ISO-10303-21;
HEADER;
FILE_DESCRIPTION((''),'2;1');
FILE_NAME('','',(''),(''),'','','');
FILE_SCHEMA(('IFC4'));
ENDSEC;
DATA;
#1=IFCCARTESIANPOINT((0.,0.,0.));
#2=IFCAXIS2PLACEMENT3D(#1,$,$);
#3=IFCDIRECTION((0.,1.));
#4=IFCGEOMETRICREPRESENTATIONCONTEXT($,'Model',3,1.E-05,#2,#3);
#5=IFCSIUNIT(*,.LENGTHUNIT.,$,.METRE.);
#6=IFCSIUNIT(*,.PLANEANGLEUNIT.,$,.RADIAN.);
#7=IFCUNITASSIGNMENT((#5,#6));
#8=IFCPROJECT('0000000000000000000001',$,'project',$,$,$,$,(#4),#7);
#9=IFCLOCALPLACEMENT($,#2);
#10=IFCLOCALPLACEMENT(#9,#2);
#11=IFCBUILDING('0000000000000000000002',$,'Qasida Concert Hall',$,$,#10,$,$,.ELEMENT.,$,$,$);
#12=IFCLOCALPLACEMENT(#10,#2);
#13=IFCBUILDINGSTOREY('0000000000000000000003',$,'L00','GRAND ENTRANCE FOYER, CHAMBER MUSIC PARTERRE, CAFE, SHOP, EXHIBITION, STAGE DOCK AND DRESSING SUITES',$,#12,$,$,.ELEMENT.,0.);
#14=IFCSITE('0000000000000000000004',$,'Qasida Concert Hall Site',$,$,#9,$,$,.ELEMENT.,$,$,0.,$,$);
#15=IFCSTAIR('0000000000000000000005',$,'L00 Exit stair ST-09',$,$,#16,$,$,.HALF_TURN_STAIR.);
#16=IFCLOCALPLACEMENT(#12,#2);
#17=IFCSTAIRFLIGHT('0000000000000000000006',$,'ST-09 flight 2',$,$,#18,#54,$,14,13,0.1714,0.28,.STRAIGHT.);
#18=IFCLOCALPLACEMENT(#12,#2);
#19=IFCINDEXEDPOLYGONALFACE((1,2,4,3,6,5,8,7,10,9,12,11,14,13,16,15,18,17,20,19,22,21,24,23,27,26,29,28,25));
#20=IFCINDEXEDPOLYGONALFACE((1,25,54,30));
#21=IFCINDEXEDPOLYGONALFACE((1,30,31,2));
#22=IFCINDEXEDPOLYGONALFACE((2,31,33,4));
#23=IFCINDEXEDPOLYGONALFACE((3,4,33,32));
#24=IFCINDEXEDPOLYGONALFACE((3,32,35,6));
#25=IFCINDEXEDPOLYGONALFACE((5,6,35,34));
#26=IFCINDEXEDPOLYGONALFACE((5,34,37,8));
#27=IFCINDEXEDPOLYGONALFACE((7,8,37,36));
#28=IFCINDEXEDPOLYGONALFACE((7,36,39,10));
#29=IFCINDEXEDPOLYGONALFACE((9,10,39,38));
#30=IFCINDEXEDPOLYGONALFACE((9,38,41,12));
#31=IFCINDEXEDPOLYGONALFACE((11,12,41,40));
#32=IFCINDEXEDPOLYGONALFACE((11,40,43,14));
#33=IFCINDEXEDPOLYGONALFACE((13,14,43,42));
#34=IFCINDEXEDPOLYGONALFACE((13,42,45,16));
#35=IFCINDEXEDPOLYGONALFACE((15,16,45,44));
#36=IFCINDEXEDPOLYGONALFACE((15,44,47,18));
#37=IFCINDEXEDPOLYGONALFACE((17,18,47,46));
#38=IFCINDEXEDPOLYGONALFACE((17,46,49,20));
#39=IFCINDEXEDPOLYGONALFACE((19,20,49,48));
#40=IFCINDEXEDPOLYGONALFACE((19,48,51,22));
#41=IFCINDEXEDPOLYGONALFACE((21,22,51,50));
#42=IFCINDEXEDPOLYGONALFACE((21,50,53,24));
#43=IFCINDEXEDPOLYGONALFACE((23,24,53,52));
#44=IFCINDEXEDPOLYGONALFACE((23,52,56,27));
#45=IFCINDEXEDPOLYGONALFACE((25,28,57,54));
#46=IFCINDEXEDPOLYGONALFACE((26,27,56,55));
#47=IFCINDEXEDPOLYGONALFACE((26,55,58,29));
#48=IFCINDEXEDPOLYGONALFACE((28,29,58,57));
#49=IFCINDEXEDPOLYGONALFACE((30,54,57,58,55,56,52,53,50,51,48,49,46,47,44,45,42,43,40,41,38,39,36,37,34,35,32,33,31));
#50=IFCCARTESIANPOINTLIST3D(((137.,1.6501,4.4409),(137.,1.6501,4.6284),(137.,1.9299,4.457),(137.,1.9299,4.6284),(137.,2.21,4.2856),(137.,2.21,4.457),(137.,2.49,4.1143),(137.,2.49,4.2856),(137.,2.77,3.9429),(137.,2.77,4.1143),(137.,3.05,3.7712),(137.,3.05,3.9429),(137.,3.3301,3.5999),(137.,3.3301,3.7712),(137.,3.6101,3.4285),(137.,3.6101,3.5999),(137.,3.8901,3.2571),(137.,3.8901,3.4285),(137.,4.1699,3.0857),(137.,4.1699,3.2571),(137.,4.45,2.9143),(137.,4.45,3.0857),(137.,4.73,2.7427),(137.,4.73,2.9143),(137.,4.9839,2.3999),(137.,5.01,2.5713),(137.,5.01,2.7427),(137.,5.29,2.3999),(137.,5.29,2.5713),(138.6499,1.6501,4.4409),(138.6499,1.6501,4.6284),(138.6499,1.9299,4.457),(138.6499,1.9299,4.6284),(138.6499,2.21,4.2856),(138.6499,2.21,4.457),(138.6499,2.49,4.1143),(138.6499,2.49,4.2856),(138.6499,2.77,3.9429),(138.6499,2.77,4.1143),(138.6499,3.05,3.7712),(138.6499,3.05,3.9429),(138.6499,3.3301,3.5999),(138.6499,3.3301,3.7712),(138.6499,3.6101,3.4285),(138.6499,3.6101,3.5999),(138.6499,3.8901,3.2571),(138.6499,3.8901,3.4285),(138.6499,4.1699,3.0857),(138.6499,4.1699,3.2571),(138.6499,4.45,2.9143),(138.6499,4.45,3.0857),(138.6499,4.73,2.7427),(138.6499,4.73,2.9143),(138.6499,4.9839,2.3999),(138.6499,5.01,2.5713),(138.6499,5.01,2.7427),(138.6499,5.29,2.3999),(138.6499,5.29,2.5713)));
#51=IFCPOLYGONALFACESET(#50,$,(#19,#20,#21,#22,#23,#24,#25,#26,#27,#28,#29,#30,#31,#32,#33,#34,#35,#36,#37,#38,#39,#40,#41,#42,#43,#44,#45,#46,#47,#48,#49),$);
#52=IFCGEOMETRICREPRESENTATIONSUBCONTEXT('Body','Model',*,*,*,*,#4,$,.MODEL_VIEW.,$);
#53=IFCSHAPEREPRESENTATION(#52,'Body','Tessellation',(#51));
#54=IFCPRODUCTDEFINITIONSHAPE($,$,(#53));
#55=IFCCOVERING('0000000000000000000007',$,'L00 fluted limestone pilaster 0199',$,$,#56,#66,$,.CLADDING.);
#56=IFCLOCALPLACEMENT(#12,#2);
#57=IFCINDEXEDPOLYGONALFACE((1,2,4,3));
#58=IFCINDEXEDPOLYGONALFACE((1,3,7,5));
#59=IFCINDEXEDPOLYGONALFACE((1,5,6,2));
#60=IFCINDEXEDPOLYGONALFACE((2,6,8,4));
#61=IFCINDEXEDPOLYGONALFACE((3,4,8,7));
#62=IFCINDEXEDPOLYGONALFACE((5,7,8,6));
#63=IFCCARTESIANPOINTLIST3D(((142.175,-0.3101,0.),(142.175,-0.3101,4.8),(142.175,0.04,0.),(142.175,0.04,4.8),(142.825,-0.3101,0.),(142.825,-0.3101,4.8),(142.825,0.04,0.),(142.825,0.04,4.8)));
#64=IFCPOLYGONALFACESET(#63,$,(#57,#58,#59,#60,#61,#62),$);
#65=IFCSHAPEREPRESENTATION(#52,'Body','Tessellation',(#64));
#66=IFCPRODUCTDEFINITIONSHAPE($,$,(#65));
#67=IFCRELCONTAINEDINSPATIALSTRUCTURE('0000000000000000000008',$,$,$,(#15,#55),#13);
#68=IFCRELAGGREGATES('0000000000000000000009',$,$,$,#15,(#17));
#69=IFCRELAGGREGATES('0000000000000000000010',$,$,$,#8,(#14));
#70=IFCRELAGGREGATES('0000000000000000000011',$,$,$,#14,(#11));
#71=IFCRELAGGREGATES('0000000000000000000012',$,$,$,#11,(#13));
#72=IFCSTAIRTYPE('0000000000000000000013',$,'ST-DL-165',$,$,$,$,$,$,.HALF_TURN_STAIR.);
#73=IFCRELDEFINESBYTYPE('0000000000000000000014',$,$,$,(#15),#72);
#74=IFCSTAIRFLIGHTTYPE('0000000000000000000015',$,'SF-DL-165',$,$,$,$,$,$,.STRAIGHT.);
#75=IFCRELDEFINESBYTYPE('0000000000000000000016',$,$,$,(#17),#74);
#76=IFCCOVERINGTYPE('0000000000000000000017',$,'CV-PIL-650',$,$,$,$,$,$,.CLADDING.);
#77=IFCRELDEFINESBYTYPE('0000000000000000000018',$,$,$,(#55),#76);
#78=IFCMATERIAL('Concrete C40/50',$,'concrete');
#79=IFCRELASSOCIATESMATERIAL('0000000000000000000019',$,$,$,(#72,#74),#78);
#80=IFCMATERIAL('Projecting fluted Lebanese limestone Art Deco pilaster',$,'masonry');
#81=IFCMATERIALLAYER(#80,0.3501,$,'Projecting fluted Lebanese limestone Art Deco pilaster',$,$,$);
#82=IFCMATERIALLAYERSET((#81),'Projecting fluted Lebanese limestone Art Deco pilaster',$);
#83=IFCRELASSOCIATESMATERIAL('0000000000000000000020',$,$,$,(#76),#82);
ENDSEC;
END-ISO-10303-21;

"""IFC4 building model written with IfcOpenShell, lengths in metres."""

from ifc_helpers import new_model, si_unit, direction, frame, origin, origin_2d, place, context, subcontext, project, spatial, polyline, rectangle, outline, extrude, material, layer, layer_set, type_object, element, aggregate, save


model = new_model("IFC4")

# Units and contexts
model_context = context("Model", 3, precision=1e-05, world=origin(), true_north=direction((0.0, 1.0)))
body_context = subcontext(model_context, "Body", "Model", "MODEL_VIEW")
ifc_project = project(units=[si_unit("LENGTHUNIT", "METRE"), si_unit("PLANEANGLEUNIT", "RADIAN")], contexts=[model_context])

# Site, building, storey
site_placement = place(None, origin())
site = spatial("IfcSite", under=ifc_project, at=site_placement, Name="Qasida Concert Hall Site", CompositionType="ELEMENT", RefElevation=0.0)
building_placement = place(site_placement, origin())
building = spatial("IfcBuilding", under=site, at=building_placement, Name="Qasida Concert Hall", CompositionType="ELEMENT")
storey_placement = place(building_placement, origin())
storey = spatial("IfcBuildingStorey", under=building, at=storey_placement, Name="L00", Description="GRAND ENTRANCE FOYER, CHAMBER MUSIC PARTERRE, CAFE, SHOP, EXHIBITION, STAGE DOCK AND DRESSING SUITES", CompositionType="ELEMENT", Elevation=0.0)

# Shared definitions
ifc_material_1 = material(Name="Concrete C40/50", Category="concrete")

# Stair, stair flight
stair_type = type_object("IfcStairType", Name="ST-DL-165", PredefinedType="HALF_TURN_STAIR", material=ifc_material_1)
stair_placement = place(storey_placement, origin())
stair = element("IfcStair", 1, at=stair_placement, inside=storey, type_object=stair_type, Name="L00 Exit stair ST-09", PredefinedType="HALF_TURN_STAIR")
stair_flight_type = type_object("IfcStairFlightType", Name="SF-DL-165", PredefinedType="STRAIGHT", material=ifc_material_1)
stair_flight_1_placement = place(storey_placement, frame((137.825, 5.29, 2.3999), z_axis=(0.0, 0.0, 1.0), x_axis=(0.0, -1.0, 0.0)))
stair_flight_1 = element("IfcStairFlight", 2, at=stair_flight_1_placement, type_object=stair_flight_type, Name="ST-09 flight 2", NumberOfRisers=14, NumberOfTreads=13, PredefinedType="STRAIGHT", RiserHeight=0.1714, TreadLength=0.28, context=body_context, shape_type="SweptSolid", body=[
    extrude(outline(polyline([(0.0, 0.0), (0.0, 0.1714), (0.28, 0.1714), (0.28, 0.3428), (0.5601, 0.3428), (0.5601, 0.5144), (0.8401, 0.5144), (0.8401, 0.6858), (1.1201, 0.6858), (1.1201, 0.8572), (1.3999, 0.8572), (1.3999, 1.0286), (1.6799, 1.0286), (1.6799, 1.2), (1.96, 1.2), (1.96, 1.3713), (2.24, 1.3713), (2.24, 1.543), (2.52, 1.543), (2.52, 1.7144), (2.8, 1.7144), (2.8, 1.8857), (3.0801, 1.8857), (3.0801, 2.0571), (3.3601, 2.0571), (3.3601, 2.2285), (3.6399, 2.2285), (3.6399, 2.3999), (3.6399, 2.041), (0.3062, 0.0), (0.0, 0.0)])), frame((0.0, 0.825, 0.0), z_axis=(0.0, -1.0, 0.0), x_axis=(1.0, 0.0, 0.0)), (0.0, 0.0, 1.0), 1.6499),
])
aggregate(stair, [stair_flight_1])

# Covering
ifc_material_2 = material(Name="Projecting fluted Lebanese limestone Art Deco pilaster", Category="masonry")
ifc_layer_1 = layer(ifc_material_2, 0.3501, Name="Projecting fluted Lebanese limestone Art Deco pilaster")
ifc_layer_set_1 = layer_set([ifc_layer_1], Name="Projecting fluted Lebanese limestone Art Deco pilaster")
covering_type = type_object("IfcCoveringType", Name="CV-PIL-650", PredefinedType="CLADDING", material=ifc_layer_set_1)
covering_placement = place(storey_placement, frame((142.5, -0.135, 0.0), z_axis=(0.0, 0.0, 1.0), x_axis=(1.0, 0.0, 0.0)))
element("IfcCovering", 3, at=covering_placement, inside=storey, type_object=covering_type, Name="L00 fluted limestone pilaster 0199", PredefinedType="CLADDING", context=body_context, shape_type="SweptSolid", body=[
    extrude(rectangle(XDim=0.6499, YDim=0.3501, at=origin_2d()), origin(), (0.0, 0.0, 1.0), 4.8),
])

save(model, "model.ifc")
